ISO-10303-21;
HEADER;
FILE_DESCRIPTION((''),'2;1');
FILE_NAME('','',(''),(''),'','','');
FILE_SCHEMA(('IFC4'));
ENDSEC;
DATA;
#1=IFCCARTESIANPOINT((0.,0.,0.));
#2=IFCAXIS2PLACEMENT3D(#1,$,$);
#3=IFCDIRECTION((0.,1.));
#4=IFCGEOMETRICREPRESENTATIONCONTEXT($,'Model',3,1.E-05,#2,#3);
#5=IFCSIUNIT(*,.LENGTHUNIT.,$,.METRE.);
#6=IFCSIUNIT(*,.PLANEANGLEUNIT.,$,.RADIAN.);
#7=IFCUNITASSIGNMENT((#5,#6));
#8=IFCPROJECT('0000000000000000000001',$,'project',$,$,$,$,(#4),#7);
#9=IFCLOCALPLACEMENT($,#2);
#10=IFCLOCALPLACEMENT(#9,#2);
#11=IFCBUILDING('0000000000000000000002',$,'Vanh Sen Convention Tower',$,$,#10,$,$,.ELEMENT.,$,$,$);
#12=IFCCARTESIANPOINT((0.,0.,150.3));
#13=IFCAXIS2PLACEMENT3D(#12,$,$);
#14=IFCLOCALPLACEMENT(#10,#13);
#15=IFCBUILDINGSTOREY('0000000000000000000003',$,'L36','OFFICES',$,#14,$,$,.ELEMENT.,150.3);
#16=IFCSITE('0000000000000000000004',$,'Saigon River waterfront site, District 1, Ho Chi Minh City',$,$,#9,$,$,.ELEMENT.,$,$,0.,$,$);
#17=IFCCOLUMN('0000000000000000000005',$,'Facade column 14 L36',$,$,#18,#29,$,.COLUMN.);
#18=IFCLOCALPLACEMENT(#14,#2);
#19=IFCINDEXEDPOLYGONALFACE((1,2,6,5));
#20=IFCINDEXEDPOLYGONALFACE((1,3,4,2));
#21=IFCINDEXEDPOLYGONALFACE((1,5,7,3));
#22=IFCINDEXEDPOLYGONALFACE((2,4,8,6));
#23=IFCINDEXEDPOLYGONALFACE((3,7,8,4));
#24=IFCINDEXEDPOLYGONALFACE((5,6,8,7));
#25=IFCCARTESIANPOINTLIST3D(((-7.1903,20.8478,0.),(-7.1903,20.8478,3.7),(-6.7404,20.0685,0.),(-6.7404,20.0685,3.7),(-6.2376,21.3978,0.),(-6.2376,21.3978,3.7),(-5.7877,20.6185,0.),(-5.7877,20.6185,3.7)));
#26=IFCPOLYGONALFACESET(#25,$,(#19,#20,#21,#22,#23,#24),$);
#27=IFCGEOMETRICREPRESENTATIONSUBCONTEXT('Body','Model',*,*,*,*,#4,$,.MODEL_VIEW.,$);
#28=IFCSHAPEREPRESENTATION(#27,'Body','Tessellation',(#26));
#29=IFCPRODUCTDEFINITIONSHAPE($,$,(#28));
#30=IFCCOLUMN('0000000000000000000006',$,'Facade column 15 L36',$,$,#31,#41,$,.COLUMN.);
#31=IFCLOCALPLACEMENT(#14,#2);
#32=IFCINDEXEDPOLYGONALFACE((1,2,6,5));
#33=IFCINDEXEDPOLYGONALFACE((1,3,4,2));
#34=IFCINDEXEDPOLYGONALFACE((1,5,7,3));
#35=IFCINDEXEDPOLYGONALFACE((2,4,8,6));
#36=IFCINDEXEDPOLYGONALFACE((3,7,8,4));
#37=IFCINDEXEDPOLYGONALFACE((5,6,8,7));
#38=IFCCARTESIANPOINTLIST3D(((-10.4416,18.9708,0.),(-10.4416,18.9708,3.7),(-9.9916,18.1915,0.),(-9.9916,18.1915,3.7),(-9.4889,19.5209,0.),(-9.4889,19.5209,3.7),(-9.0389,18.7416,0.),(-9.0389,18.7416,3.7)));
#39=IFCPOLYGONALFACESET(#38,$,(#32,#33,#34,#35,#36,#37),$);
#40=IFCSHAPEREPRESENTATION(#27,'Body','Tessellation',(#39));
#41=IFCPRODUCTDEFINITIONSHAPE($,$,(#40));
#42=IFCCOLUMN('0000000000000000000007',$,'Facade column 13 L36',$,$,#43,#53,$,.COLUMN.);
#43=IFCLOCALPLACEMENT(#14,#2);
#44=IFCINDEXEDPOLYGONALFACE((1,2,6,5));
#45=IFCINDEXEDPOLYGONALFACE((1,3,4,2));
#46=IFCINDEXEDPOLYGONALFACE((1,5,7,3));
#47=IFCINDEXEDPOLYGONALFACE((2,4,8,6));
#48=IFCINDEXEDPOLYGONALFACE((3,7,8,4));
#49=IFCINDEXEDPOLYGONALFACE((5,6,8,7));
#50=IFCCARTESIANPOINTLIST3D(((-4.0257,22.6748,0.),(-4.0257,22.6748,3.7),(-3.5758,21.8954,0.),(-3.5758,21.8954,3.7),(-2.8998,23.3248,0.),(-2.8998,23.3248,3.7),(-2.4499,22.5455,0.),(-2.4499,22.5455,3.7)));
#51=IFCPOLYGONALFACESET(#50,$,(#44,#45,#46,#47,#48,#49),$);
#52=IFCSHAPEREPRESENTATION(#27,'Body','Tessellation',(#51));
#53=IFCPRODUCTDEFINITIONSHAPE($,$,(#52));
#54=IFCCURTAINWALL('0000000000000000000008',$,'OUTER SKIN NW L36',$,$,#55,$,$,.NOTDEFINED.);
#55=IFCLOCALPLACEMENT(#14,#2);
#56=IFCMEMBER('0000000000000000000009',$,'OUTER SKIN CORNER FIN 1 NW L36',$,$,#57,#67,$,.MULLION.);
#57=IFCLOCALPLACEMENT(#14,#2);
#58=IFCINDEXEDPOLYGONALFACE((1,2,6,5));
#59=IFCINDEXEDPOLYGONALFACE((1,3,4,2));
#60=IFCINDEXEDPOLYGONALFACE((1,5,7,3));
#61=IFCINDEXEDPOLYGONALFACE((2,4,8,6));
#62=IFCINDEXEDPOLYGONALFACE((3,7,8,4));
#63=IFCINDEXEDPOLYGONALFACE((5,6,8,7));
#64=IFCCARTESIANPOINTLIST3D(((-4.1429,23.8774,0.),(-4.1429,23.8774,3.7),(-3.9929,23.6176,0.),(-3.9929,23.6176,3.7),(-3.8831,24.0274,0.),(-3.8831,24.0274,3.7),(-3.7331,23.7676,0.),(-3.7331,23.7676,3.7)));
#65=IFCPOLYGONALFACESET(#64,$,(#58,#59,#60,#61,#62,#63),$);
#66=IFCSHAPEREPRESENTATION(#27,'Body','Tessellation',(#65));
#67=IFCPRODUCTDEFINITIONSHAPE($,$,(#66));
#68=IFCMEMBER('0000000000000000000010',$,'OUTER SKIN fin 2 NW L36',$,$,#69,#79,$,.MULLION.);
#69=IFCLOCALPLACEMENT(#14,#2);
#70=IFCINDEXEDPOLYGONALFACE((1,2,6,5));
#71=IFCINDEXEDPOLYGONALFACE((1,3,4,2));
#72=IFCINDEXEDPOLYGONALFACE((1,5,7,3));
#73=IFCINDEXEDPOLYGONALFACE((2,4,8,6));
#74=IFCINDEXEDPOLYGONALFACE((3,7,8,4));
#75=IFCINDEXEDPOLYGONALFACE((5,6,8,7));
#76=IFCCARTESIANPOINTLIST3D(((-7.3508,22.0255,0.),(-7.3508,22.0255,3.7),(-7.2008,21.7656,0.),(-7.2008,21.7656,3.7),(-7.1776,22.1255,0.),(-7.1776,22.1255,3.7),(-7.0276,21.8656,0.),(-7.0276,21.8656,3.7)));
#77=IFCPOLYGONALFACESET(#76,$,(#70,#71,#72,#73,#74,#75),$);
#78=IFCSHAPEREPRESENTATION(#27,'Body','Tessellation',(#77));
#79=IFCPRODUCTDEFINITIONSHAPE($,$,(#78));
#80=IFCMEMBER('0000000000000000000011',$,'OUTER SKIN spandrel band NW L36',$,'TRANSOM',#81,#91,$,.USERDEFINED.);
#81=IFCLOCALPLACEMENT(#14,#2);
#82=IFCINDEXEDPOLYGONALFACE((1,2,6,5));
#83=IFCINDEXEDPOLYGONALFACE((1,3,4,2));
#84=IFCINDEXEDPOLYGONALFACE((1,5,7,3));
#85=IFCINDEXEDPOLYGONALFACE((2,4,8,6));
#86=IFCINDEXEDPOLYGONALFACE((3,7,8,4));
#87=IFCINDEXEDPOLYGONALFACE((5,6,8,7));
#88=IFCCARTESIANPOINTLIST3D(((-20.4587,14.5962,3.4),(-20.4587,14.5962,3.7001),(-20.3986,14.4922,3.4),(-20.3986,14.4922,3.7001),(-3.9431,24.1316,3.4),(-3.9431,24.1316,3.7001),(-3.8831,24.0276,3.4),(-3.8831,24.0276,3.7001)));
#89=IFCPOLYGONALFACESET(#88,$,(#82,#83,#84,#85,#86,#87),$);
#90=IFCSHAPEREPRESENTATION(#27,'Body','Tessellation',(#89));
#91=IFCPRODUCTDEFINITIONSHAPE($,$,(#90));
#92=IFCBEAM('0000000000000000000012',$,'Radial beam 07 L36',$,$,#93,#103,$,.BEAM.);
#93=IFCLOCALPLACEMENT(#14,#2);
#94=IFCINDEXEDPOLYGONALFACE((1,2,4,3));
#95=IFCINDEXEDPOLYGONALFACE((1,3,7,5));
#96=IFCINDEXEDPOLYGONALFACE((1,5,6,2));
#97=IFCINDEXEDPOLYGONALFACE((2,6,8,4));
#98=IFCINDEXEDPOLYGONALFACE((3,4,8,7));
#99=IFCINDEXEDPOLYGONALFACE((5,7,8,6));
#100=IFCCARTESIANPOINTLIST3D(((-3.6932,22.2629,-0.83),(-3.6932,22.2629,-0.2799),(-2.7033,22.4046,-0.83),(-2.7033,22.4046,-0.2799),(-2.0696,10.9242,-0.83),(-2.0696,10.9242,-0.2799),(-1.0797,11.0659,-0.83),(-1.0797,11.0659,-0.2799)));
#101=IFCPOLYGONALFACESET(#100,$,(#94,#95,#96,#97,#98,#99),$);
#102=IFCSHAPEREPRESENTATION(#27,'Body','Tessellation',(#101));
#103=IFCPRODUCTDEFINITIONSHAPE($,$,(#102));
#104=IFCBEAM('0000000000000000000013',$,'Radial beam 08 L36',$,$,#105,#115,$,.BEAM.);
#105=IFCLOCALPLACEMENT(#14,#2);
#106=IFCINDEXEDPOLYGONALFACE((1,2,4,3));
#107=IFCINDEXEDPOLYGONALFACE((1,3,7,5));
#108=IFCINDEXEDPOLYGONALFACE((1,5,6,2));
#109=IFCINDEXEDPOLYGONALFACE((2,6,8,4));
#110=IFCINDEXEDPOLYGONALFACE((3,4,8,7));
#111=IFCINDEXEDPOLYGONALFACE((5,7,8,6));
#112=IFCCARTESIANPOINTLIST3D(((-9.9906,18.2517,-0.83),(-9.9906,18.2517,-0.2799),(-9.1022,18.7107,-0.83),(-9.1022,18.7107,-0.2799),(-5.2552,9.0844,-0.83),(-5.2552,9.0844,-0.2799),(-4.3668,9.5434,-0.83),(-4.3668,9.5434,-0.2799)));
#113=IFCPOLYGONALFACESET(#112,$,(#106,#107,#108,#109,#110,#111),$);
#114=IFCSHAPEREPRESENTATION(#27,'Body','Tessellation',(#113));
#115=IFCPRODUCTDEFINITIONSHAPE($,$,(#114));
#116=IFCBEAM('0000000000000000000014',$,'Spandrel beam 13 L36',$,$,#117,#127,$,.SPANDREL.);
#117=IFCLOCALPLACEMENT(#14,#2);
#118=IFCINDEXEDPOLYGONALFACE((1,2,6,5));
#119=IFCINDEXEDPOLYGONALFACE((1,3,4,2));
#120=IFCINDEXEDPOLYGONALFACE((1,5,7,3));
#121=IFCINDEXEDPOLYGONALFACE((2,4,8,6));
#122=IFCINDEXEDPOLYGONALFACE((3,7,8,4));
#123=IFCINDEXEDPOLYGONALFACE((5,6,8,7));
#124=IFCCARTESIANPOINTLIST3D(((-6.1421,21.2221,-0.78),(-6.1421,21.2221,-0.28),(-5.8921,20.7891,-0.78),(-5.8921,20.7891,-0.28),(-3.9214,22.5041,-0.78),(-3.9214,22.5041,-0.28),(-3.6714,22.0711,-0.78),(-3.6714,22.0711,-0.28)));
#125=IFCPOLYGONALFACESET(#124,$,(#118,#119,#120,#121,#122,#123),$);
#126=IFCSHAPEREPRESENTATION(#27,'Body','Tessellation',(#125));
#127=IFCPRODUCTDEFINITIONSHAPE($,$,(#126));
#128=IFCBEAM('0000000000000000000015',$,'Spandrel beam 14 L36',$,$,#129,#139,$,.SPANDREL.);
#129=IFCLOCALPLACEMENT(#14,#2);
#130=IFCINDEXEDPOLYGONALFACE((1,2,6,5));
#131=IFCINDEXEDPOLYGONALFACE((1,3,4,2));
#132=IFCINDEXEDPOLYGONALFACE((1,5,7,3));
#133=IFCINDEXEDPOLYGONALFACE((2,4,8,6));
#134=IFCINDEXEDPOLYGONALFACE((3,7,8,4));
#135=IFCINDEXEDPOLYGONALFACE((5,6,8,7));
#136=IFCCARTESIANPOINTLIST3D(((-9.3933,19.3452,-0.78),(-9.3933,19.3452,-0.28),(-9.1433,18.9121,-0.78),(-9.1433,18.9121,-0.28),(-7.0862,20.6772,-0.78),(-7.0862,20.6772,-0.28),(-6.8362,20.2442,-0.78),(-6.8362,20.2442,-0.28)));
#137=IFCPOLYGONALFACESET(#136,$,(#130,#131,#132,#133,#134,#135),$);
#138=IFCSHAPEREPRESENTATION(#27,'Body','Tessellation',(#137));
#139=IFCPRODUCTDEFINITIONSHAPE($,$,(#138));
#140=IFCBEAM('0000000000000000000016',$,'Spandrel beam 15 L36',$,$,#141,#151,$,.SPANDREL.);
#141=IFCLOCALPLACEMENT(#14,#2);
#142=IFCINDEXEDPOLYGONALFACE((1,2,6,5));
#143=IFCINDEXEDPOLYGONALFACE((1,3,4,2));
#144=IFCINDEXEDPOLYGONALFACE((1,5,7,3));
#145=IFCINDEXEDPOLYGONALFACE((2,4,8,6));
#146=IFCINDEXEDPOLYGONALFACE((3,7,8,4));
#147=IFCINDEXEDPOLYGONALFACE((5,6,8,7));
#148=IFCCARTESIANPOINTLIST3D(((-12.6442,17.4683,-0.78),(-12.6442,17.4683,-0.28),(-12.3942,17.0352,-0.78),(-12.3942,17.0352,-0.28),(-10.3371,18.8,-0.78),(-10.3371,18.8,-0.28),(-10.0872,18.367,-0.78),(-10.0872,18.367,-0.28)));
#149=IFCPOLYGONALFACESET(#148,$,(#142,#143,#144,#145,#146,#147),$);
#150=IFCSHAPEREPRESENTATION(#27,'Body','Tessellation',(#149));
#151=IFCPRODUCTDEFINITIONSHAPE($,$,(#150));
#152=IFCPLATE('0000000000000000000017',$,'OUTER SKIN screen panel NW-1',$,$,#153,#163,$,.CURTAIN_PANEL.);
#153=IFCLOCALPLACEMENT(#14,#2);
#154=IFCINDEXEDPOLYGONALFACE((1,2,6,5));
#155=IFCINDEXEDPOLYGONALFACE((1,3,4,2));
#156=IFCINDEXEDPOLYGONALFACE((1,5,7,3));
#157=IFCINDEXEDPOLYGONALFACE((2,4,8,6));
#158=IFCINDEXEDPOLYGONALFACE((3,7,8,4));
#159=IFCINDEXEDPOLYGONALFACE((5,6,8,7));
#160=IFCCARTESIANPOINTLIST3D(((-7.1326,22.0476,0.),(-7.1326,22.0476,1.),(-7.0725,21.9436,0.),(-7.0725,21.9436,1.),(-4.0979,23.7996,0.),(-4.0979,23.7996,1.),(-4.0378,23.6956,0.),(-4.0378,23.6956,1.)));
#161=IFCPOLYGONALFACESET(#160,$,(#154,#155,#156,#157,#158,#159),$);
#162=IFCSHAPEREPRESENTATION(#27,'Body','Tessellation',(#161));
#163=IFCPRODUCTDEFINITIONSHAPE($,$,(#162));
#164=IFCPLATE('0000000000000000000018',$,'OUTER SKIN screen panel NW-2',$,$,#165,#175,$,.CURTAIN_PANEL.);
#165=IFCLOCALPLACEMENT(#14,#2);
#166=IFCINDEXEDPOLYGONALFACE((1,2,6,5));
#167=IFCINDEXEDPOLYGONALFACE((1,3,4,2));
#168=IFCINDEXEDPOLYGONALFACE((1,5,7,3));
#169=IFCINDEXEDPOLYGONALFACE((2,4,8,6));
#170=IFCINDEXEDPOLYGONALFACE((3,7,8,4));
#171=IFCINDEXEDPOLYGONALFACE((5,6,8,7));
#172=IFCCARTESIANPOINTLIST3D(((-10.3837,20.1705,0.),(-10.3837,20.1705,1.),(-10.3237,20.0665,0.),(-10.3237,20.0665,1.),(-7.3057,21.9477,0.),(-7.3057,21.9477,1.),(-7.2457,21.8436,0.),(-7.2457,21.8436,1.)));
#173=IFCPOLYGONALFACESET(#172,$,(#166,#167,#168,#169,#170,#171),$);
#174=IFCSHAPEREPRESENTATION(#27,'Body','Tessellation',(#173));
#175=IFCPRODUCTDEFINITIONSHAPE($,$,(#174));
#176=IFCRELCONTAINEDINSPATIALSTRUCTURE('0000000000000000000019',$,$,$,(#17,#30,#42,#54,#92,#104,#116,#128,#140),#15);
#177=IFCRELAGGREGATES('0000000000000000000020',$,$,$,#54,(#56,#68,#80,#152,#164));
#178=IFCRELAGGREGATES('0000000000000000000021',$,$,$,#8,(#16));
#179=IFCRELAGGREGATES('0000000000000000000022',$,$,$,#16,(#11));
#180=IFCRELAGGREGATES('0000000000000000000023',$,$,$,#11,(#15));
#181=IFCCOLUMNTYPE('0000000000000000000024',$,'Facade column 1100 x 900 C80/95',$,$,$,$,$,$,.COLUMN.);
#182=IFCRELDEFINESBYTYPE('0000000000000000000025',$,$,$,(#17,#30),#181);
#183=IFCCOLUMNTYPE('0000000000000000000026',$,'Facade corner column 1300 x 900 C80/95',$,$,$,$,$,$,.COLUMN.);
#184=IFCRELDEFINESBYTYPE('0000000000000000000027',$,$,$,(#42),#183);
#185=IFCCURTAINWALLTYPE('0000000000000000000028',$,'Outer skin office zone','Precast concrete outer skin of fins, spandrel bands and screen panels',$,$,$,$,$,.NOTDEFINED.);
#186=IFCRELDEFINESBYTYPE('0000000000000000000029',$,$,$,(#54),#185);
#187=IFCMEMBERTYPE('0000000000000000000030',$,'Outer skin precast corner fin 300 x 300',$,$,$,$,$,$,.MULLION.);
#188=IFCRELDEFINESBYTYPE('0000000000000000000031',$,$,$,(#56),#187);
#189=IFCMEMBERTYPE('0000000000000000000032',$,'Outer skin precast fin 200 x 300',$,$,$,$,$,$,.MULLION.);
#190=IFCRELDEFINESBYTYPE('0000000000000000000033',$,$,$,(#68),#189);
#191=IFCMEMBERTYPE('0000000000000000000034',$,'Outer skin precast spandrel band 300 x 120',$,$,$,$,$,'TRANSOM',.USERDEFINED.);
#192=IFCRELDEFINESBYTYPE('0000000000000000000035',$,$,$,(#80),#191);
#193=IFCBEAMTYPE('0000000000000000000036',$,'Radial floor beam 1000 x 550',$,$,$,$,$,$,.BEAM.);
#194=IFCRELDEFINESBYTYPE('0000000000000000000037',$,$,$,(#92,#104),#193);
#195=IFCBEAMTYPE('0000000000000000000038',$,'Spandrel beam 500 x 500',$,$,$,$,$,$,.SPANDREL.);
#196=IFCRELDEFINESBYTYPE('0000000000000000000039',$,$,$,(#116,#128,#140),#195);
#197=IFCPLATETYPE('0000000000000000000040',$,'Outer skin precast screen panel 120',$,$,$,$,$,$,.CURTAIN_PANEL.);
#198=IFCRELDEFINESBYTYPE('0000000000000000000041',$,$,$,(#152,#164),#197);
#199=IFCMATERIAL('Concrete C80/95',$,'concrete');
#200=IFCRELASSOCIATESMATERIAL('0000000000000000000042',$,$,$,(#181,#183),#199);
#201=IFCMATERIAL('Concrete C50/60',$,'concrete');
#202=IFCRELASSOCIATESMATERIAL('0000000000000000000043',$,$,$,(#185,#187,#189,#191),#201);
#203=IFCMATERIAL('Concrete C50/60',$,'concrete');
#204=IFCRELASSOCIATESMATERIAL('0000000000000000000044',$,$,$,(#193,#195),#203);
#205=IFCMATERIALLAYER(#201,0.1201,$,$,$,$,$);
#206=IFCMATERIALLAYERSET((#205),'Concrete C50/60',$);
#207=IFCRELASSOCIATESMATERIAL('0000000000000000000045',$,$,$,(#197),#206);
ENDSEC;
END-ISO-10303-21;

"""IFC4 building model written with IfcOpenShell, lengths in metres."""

from ifc_helpers import new_model, si_unit, direction, frame, origin, origin_2d, place, context, subcontext, project, spatial, rectangle, extrude, material, layer, layer_set, material_profile, profile_set, type_object, element, aggregate, save


model = new_model("IFC4")

# Units and contexts
model_context = context("Model", 3, precision=1e-05, world=origin(), true_north=direction((0.0, 1.0)))
body_context = subcontext(model_context, "Body", "Model", "MODEL_VIEW")
ifc_project = project(units=[si_unit("LENGTHUNIT", "METRE"), si_unit("PLANEANGLEUNIT", "RADIAN")], contexts=[model_context])

# Site, building, storey
site_placement = place(None, origin())
site = spatial("IfcSite", under=ifc_project, at=site_placement, Name="Saigon River waterfront site, District 1, Ho Chi Minh City", CompositionType="ELEMENT", RefElevation=0.0)
building_placement = place(site_placement, origin())
building = spatial("IfcBuilding", under=site, at=building_placement, Name="Vanh Sen Convention Tower", CompositionType="ELEMENT")
storey_placement = place(building_placement, frame((0.0, 0.0, 150.3)))
storey = spatial("IfcBuildingStorey", under=building, at=storey_placement, Name="L36", Description="OFFICES", CompositionType="ELEMENT", Elevation=150.3)

# Columns
ifc_material_1 = material(Name="Concrete C80/95", Category="concrete")
ifc_material_profile_1 = material_profile(ifc_material_1, rectangle(XDim=1.1001, YDim=0.8999, at=origin_2d()), Name="RC 1100X900")
ifc_profile_set_1 = profile_set([ifc_material_profile_1], Name="Concrete C80/95")
column_type_1 = type_object("IfcColumnType", Name="Facade column 1100 x 900 C80/95", PredefinedType="COLUMN", material=ifc_profile_set_1)
for number, where, z_axis, x_axis, name in (
    (1, (-6.489, 20.7332, 0.0), (0.0, 0.0, 1.0), (-0.866025, -0.5, 0.0), "Facade column 14 L36"),
    (2, (-9.7402, 18.8562, 0.0), (0.0, 0.0, 1.0), (-0.866025, -0.5, 0.0), "Facade column 15 L36"),
):
    element("IfcColumn", number, at=place(storey_placement, frame(where, z_axis=z_axis, x_axis=x_axis)), inside=storey, type_object=column_type_1, Name=name, PredefinedType="COLUMN", context=body_context, shape_type="SweptSolid", body=[
        extrude(rectangle(XDim=1.1001, YDim=0.8999, at=origin_2d()), origin(), (0.0, 0.0, 1.0), 3.7),
    ])
ifc_material_profile_2 = material_profile(ifc_material_1, rectangle(XDim=1.3, YDim=0.8999, at=origin_2d()), Name="RC 1300X900")
ifc_profile_set_2 = profile_set([ifc_material_profile_2], Name="Concrete C80/95")
column_type_2 = type_object("IfcColumnType", Name="Facade corner column 1300 x 900 C80/95", PredefinedType="COLUMN", material=ifc_profile_set_2)
column_placement = place(storey_placement, frame((-3.2378, 22.6101, 0.0), z_axis=(0.0, 0.0, 1.0), x_axis=(-0.866025, -0.5, 0.0)))
element("IfcColumn", 3, at=column_placement, inside=storey, type_object=column_type_2, Name="Facade column 13 L36", PredefinedType="COLUMN", context=body_context, shape_type="SweptSolid", body=[
    extrude(rectangle(XDim=1.3, YDim=0.8999, at=origin_2d()), origin(), (0.0, 0.0, 1.0), 3.7),
])

# Curtain wall, members
ifc_material_2 = material(Name="Concrete C50/60", Category="concrete")
curtain_wall_type = type_object("IfcCurtainWallType", Name="Outer skin office zone", Description="Precast concrete outer skin of fins, spandrel bands and screen panels", PredefinedType="NOTDEFINED", material=ifc_material_2)
curtain_wall_placement = place(storey_placement, origin())
curtain_wall = element("IfcCurtainWall", 4, at=curtain_wall_placement, inside=storey, type_object=curtain_wall_type, Name="OUTER SKIN NW L36", PredefinedType="NOTDEFINED")
ifc_material_profile_3 = material_profile(ifc_material_2, rectangle(XDim=0.3, YDim=0.3, at=origin_2d()), Name="Outer skin precast corner fin 300 x 300")
ifc_profile_set_3 = profile_set([ifc_material_profile_3], Name="Concrete C50/60")
member_type_1 = type_object("IfcMemberType", Name="Outer skin precast corner fin 300 x 300", PredefinedType="MULLION", material=ifc_profile_set_3)
member_1_placement = place(storey_placement, frame((-3.938, 23.8225, 0.0), z_axis=(0.0, 0.0, 1.0), x_axis=(-0.866025, -0.5, 0.0)))
member_1 = element("IfcMember", 5, at=member_1_placement, type_object=member_type_1, Name="OUTER SKIN CORNER FIN 1 NW L36", PredefinedType="MULLION", context=body_context, shape_type="SweptSolid", body=[
    extrude(rectangle(XDim=0.3, YDim=0.3, at=origin_2d()), origin(), (0.0, 0.0, 1.0), 3.7),
])
ifc_material_profile_4 = material_profile(ifc_material_2, rectangle(XDim=0.2, YDim=0.3, at=origin_2d()), Name="Outer skin precast fin 200 x 300")
ifc_profile_set_4 = profile_set([ifc_material_profile_4], Name="Concrete C50/60")
member_type_2 = type_object("IfcMemberType", Name="Outer skin precast fin 200 x 300", PredefinedType="MULLION", material=ifc_profile_set_4)
member_2_placement = place(storey_placement, frame((-7.1892, 21.9456, 0.0), z_axis=(0.0, 0.0, 1.0), x_axis=(-0.866025, -0.5, 0.0)))
member_2 = element("IfcMember", 6, at=member_2_placement, type_object=member_type_2, Name="OUTER SKIN fin 2 NW L36", PredefinedType="MULLION", context=body_context, shape_type="SweptSolid", body=[
    extrude(rectangle(XDim=0.2, YDim=0.3, at=origin_2d()), origin(), (0.0, 0.0, 1.0), 3.7),
])
ifc_material_profile_5 = material_profile(ifc_material_2, rectangle(XDim=0.1201, YDim=0.3, at=origin_2d()), Name="Outer skin precast spandrel band 300 x 120")
ifc_profile_set_5 = profile_set([ifc_material_profile_5], Name="Concrete C50/60")
member_type_3 = type_object("IfcMemberType", Name="Outer skin precast spandrel band 300 x 120", ElementType="TRANSOM", PredefinedType="USERDEFINED", material=ifc_profile_set_5)
member_3_placement = place(storey_placement, frame((-3.9131, 24.0796, 3.55), z_axis=(-0.866023, -0.500004, 0.0), x_axis=(0.500004, -0.866023, 0.0)))
member_3 = element("IfcMember", 7, at=member_3_placement, type_object=member_type_3, Name="OUTER SKIN spandrel band NW L36", ObjectType="TRANSOM", PredefinedType="USERDEFINED", context=body_context, shape_type="SweptSolid", body=[
    extrude(rectangle(XDim=0.1201, YDim=0.3, at=origin_2d()), origin(), (0.0, 0.0, 1.0), 19.0706),
])

# Beams
ifc_material_3 = material(Name="Concrete C50/60", Category="concrete")
ifc_material_profile_6 = material_profile(ifc_material_3, rectangle(XDim=1.0, YDim=0.55, at=origin_2d()), Name="RC 1000X550")
ifc_profile_set_6 = profile_set([ifc_material_profile_6], Name="Concrete C50/60")
beam_type_1 = type_object("IfcBeamType", Name="Radial floor beam 1000 x 550", PredefinedType="BEAM", material=ifc_profile_set_6)
beam_1_placement = place(storey_placement, frame((-3.1982, 22.3337, -0.5549), z_axis=(0.141741, -0.989904, 0.0), x_axis=(0.989904, 0.141741, 0.0)))
element("IfcBeam", 8, at=beam_1_placement, inside=storey, type_object=beam_type_1, Name="Radial beam 07 L36", PredefinedType="BEAM", context=body_context, shape_type="SweptSolid", body=[
    extrude(rectangle(XDim=1.0, YDim=0.55, at=origin_2d()), origin(), (0.0, 0.0, 1.0), 11.4543),
])
beam_2_placement = place(storey_placement, frame((-9.5464, 18.4812, -0.5549), z_axis=(0.458939, -0.888468, 0.0), x_axis=(0.888468, 0.458939, 0.0)))
element("IfcBeam", 9, at=beam_2_placement, inside=storey, type_object=beam_type_1, Name="Radial beam 08 L36", PredefinedType="BEAM", context=body_context, shape_type="SweptSolid", body=[
    extrude(rectangle(XDim=1.0, YDim=0.55, at=origin_2d()), origin(), (0.0, 0.0, 1.0), 10.3181),
])
ifc_material_profile_7 = material_profile(ifc_material_3, rectangle(XDim=0.5, YDim=0.5, at=origin_2d()), Name="RC 500X500")
ifc_profile_set_7 = profile_set([ifc_material_profile_7], Name="Concrete C50/60")
beam_type_2 = type_object("IfcBeamType", Name="Spandrel beam 500 x 500", PredefinedType="SPANDREL", material=ifc_profile_set_7)
beam_3_placement = place(storey_placement, frame((-3.7964, 22.2876, -0.53), z_axis=(-0.866049, -0.499959, 0.0), x_axis=(0.499959, -0.866049, 0.0)))
element("IfcBeam", 10, at=beam_3_placement, inside=storey, type_object=beam_type_2, Name="Spandrel beam 13 L36", PredefinedType="SPANDREL", context=body_context, shape_type="SweptSolid", body=[
    extrude(rectangle(XDim=0.5, YDim=0.5, at=origin_2d()), origin(), (0.0, 0.0, 1.0), 2.5642),
])
beam_4_placement = place(storey_placement, frame((-6.9612, 20.4607, -0.53), z_axis=(-0.866024, -0.500003, 0.0), x_axis=(0.500003, -0.866024, 0.0)))
element("IfcBeam", 11, at=beam_4_placement, inside=storey, type_object=beam_type_2, Name="Spandrel beam 14 L36", PredefinedType="SPANDREL", context=body_context, shape_type="SweptSolid", body=[
    extrude(rectangle(XDim=0.5, YDim=0.5, at=origin_2d()), origin(), (0.0, 0.0, 1.0), 2.6641),
])
beam_5_placement = place(storey_placement, frame((-10.2122, 18.5835, -0.53), z_axis=(-0.866063, -0.499934, 0.0), x_axis=(0.499934, -0.866063, 0.0)))
element("IfcBeam", 12, at=beam_5_placement, inside=storey, type_object=beam_type_2, Name="Spandrel beam 15 L36", PredefinedType="SPANDREL", context=body_context, shape_type="SweptSolid", body=[
    extrude(rectangle(XDim=0.5, YDim=0.5, at=origin_2d()), origin(), (0.0, 0.0, 1.0), 2.6638),
])

# Plates
ifc_layer_1 = layer(ifc_material_2, 0.1201)
ifc_layer_set_1 = layer_set([ifc_layer_1], Name="Concrete C50/60")
plate_type = type_object("IfcPlateType", Name="Outer skin precast screen panel 120", PredefinedType="CURTAIN_PANEL", material=ifc_layer_set_1)
plate_1_placement = place(storey_placement, frame((-5.5852, 22.8716, 0.0), z_axis=(0.0, 0.0, 1.0), x_axis=(-0.866035, -0.499983, 0.0)))
plate_1 = element("IfcPlate", 13, at=plate_1_placement, type_object=plate_type, Name="OUTER SKIN screen panel NW-1", PredefinedType="CURTAIN_PANEL", context=body_context, shape_type="SweptSolid", body=[
    extrude(rectangle(XDim=3.5042, YDim=0.1201, at=origin_2d()), origin(), (0.0, 0.0, 1.0), 1.0),
])
plate_2_placement = place(storey_placement, frame((-8.8147, 21.0071, 0.0), z_axis=(0.0, 0.0, 1.0), x_axis=(-0.866017, -0.500015, 0.0)))
plate_2 = element("IfcPlate", 14, at=plate_2_placement, type_object=plate_type, Name="OUTER SKIN screen panel NW-2", PredefinedType="CURTAIN_PANEL", context=body_context, shape_type="SweptSolid", body=[
    extrude(rectangle(XDim=3.5542, YDim=0.1201, at=origin_2d()), origin(), (0.0, 0.0, 1.0), 1.0),
])
aggregate(curtain_wall, [member_1, member_2, member_3, plate_1, plate_2])

save(model, "model.ifc")
